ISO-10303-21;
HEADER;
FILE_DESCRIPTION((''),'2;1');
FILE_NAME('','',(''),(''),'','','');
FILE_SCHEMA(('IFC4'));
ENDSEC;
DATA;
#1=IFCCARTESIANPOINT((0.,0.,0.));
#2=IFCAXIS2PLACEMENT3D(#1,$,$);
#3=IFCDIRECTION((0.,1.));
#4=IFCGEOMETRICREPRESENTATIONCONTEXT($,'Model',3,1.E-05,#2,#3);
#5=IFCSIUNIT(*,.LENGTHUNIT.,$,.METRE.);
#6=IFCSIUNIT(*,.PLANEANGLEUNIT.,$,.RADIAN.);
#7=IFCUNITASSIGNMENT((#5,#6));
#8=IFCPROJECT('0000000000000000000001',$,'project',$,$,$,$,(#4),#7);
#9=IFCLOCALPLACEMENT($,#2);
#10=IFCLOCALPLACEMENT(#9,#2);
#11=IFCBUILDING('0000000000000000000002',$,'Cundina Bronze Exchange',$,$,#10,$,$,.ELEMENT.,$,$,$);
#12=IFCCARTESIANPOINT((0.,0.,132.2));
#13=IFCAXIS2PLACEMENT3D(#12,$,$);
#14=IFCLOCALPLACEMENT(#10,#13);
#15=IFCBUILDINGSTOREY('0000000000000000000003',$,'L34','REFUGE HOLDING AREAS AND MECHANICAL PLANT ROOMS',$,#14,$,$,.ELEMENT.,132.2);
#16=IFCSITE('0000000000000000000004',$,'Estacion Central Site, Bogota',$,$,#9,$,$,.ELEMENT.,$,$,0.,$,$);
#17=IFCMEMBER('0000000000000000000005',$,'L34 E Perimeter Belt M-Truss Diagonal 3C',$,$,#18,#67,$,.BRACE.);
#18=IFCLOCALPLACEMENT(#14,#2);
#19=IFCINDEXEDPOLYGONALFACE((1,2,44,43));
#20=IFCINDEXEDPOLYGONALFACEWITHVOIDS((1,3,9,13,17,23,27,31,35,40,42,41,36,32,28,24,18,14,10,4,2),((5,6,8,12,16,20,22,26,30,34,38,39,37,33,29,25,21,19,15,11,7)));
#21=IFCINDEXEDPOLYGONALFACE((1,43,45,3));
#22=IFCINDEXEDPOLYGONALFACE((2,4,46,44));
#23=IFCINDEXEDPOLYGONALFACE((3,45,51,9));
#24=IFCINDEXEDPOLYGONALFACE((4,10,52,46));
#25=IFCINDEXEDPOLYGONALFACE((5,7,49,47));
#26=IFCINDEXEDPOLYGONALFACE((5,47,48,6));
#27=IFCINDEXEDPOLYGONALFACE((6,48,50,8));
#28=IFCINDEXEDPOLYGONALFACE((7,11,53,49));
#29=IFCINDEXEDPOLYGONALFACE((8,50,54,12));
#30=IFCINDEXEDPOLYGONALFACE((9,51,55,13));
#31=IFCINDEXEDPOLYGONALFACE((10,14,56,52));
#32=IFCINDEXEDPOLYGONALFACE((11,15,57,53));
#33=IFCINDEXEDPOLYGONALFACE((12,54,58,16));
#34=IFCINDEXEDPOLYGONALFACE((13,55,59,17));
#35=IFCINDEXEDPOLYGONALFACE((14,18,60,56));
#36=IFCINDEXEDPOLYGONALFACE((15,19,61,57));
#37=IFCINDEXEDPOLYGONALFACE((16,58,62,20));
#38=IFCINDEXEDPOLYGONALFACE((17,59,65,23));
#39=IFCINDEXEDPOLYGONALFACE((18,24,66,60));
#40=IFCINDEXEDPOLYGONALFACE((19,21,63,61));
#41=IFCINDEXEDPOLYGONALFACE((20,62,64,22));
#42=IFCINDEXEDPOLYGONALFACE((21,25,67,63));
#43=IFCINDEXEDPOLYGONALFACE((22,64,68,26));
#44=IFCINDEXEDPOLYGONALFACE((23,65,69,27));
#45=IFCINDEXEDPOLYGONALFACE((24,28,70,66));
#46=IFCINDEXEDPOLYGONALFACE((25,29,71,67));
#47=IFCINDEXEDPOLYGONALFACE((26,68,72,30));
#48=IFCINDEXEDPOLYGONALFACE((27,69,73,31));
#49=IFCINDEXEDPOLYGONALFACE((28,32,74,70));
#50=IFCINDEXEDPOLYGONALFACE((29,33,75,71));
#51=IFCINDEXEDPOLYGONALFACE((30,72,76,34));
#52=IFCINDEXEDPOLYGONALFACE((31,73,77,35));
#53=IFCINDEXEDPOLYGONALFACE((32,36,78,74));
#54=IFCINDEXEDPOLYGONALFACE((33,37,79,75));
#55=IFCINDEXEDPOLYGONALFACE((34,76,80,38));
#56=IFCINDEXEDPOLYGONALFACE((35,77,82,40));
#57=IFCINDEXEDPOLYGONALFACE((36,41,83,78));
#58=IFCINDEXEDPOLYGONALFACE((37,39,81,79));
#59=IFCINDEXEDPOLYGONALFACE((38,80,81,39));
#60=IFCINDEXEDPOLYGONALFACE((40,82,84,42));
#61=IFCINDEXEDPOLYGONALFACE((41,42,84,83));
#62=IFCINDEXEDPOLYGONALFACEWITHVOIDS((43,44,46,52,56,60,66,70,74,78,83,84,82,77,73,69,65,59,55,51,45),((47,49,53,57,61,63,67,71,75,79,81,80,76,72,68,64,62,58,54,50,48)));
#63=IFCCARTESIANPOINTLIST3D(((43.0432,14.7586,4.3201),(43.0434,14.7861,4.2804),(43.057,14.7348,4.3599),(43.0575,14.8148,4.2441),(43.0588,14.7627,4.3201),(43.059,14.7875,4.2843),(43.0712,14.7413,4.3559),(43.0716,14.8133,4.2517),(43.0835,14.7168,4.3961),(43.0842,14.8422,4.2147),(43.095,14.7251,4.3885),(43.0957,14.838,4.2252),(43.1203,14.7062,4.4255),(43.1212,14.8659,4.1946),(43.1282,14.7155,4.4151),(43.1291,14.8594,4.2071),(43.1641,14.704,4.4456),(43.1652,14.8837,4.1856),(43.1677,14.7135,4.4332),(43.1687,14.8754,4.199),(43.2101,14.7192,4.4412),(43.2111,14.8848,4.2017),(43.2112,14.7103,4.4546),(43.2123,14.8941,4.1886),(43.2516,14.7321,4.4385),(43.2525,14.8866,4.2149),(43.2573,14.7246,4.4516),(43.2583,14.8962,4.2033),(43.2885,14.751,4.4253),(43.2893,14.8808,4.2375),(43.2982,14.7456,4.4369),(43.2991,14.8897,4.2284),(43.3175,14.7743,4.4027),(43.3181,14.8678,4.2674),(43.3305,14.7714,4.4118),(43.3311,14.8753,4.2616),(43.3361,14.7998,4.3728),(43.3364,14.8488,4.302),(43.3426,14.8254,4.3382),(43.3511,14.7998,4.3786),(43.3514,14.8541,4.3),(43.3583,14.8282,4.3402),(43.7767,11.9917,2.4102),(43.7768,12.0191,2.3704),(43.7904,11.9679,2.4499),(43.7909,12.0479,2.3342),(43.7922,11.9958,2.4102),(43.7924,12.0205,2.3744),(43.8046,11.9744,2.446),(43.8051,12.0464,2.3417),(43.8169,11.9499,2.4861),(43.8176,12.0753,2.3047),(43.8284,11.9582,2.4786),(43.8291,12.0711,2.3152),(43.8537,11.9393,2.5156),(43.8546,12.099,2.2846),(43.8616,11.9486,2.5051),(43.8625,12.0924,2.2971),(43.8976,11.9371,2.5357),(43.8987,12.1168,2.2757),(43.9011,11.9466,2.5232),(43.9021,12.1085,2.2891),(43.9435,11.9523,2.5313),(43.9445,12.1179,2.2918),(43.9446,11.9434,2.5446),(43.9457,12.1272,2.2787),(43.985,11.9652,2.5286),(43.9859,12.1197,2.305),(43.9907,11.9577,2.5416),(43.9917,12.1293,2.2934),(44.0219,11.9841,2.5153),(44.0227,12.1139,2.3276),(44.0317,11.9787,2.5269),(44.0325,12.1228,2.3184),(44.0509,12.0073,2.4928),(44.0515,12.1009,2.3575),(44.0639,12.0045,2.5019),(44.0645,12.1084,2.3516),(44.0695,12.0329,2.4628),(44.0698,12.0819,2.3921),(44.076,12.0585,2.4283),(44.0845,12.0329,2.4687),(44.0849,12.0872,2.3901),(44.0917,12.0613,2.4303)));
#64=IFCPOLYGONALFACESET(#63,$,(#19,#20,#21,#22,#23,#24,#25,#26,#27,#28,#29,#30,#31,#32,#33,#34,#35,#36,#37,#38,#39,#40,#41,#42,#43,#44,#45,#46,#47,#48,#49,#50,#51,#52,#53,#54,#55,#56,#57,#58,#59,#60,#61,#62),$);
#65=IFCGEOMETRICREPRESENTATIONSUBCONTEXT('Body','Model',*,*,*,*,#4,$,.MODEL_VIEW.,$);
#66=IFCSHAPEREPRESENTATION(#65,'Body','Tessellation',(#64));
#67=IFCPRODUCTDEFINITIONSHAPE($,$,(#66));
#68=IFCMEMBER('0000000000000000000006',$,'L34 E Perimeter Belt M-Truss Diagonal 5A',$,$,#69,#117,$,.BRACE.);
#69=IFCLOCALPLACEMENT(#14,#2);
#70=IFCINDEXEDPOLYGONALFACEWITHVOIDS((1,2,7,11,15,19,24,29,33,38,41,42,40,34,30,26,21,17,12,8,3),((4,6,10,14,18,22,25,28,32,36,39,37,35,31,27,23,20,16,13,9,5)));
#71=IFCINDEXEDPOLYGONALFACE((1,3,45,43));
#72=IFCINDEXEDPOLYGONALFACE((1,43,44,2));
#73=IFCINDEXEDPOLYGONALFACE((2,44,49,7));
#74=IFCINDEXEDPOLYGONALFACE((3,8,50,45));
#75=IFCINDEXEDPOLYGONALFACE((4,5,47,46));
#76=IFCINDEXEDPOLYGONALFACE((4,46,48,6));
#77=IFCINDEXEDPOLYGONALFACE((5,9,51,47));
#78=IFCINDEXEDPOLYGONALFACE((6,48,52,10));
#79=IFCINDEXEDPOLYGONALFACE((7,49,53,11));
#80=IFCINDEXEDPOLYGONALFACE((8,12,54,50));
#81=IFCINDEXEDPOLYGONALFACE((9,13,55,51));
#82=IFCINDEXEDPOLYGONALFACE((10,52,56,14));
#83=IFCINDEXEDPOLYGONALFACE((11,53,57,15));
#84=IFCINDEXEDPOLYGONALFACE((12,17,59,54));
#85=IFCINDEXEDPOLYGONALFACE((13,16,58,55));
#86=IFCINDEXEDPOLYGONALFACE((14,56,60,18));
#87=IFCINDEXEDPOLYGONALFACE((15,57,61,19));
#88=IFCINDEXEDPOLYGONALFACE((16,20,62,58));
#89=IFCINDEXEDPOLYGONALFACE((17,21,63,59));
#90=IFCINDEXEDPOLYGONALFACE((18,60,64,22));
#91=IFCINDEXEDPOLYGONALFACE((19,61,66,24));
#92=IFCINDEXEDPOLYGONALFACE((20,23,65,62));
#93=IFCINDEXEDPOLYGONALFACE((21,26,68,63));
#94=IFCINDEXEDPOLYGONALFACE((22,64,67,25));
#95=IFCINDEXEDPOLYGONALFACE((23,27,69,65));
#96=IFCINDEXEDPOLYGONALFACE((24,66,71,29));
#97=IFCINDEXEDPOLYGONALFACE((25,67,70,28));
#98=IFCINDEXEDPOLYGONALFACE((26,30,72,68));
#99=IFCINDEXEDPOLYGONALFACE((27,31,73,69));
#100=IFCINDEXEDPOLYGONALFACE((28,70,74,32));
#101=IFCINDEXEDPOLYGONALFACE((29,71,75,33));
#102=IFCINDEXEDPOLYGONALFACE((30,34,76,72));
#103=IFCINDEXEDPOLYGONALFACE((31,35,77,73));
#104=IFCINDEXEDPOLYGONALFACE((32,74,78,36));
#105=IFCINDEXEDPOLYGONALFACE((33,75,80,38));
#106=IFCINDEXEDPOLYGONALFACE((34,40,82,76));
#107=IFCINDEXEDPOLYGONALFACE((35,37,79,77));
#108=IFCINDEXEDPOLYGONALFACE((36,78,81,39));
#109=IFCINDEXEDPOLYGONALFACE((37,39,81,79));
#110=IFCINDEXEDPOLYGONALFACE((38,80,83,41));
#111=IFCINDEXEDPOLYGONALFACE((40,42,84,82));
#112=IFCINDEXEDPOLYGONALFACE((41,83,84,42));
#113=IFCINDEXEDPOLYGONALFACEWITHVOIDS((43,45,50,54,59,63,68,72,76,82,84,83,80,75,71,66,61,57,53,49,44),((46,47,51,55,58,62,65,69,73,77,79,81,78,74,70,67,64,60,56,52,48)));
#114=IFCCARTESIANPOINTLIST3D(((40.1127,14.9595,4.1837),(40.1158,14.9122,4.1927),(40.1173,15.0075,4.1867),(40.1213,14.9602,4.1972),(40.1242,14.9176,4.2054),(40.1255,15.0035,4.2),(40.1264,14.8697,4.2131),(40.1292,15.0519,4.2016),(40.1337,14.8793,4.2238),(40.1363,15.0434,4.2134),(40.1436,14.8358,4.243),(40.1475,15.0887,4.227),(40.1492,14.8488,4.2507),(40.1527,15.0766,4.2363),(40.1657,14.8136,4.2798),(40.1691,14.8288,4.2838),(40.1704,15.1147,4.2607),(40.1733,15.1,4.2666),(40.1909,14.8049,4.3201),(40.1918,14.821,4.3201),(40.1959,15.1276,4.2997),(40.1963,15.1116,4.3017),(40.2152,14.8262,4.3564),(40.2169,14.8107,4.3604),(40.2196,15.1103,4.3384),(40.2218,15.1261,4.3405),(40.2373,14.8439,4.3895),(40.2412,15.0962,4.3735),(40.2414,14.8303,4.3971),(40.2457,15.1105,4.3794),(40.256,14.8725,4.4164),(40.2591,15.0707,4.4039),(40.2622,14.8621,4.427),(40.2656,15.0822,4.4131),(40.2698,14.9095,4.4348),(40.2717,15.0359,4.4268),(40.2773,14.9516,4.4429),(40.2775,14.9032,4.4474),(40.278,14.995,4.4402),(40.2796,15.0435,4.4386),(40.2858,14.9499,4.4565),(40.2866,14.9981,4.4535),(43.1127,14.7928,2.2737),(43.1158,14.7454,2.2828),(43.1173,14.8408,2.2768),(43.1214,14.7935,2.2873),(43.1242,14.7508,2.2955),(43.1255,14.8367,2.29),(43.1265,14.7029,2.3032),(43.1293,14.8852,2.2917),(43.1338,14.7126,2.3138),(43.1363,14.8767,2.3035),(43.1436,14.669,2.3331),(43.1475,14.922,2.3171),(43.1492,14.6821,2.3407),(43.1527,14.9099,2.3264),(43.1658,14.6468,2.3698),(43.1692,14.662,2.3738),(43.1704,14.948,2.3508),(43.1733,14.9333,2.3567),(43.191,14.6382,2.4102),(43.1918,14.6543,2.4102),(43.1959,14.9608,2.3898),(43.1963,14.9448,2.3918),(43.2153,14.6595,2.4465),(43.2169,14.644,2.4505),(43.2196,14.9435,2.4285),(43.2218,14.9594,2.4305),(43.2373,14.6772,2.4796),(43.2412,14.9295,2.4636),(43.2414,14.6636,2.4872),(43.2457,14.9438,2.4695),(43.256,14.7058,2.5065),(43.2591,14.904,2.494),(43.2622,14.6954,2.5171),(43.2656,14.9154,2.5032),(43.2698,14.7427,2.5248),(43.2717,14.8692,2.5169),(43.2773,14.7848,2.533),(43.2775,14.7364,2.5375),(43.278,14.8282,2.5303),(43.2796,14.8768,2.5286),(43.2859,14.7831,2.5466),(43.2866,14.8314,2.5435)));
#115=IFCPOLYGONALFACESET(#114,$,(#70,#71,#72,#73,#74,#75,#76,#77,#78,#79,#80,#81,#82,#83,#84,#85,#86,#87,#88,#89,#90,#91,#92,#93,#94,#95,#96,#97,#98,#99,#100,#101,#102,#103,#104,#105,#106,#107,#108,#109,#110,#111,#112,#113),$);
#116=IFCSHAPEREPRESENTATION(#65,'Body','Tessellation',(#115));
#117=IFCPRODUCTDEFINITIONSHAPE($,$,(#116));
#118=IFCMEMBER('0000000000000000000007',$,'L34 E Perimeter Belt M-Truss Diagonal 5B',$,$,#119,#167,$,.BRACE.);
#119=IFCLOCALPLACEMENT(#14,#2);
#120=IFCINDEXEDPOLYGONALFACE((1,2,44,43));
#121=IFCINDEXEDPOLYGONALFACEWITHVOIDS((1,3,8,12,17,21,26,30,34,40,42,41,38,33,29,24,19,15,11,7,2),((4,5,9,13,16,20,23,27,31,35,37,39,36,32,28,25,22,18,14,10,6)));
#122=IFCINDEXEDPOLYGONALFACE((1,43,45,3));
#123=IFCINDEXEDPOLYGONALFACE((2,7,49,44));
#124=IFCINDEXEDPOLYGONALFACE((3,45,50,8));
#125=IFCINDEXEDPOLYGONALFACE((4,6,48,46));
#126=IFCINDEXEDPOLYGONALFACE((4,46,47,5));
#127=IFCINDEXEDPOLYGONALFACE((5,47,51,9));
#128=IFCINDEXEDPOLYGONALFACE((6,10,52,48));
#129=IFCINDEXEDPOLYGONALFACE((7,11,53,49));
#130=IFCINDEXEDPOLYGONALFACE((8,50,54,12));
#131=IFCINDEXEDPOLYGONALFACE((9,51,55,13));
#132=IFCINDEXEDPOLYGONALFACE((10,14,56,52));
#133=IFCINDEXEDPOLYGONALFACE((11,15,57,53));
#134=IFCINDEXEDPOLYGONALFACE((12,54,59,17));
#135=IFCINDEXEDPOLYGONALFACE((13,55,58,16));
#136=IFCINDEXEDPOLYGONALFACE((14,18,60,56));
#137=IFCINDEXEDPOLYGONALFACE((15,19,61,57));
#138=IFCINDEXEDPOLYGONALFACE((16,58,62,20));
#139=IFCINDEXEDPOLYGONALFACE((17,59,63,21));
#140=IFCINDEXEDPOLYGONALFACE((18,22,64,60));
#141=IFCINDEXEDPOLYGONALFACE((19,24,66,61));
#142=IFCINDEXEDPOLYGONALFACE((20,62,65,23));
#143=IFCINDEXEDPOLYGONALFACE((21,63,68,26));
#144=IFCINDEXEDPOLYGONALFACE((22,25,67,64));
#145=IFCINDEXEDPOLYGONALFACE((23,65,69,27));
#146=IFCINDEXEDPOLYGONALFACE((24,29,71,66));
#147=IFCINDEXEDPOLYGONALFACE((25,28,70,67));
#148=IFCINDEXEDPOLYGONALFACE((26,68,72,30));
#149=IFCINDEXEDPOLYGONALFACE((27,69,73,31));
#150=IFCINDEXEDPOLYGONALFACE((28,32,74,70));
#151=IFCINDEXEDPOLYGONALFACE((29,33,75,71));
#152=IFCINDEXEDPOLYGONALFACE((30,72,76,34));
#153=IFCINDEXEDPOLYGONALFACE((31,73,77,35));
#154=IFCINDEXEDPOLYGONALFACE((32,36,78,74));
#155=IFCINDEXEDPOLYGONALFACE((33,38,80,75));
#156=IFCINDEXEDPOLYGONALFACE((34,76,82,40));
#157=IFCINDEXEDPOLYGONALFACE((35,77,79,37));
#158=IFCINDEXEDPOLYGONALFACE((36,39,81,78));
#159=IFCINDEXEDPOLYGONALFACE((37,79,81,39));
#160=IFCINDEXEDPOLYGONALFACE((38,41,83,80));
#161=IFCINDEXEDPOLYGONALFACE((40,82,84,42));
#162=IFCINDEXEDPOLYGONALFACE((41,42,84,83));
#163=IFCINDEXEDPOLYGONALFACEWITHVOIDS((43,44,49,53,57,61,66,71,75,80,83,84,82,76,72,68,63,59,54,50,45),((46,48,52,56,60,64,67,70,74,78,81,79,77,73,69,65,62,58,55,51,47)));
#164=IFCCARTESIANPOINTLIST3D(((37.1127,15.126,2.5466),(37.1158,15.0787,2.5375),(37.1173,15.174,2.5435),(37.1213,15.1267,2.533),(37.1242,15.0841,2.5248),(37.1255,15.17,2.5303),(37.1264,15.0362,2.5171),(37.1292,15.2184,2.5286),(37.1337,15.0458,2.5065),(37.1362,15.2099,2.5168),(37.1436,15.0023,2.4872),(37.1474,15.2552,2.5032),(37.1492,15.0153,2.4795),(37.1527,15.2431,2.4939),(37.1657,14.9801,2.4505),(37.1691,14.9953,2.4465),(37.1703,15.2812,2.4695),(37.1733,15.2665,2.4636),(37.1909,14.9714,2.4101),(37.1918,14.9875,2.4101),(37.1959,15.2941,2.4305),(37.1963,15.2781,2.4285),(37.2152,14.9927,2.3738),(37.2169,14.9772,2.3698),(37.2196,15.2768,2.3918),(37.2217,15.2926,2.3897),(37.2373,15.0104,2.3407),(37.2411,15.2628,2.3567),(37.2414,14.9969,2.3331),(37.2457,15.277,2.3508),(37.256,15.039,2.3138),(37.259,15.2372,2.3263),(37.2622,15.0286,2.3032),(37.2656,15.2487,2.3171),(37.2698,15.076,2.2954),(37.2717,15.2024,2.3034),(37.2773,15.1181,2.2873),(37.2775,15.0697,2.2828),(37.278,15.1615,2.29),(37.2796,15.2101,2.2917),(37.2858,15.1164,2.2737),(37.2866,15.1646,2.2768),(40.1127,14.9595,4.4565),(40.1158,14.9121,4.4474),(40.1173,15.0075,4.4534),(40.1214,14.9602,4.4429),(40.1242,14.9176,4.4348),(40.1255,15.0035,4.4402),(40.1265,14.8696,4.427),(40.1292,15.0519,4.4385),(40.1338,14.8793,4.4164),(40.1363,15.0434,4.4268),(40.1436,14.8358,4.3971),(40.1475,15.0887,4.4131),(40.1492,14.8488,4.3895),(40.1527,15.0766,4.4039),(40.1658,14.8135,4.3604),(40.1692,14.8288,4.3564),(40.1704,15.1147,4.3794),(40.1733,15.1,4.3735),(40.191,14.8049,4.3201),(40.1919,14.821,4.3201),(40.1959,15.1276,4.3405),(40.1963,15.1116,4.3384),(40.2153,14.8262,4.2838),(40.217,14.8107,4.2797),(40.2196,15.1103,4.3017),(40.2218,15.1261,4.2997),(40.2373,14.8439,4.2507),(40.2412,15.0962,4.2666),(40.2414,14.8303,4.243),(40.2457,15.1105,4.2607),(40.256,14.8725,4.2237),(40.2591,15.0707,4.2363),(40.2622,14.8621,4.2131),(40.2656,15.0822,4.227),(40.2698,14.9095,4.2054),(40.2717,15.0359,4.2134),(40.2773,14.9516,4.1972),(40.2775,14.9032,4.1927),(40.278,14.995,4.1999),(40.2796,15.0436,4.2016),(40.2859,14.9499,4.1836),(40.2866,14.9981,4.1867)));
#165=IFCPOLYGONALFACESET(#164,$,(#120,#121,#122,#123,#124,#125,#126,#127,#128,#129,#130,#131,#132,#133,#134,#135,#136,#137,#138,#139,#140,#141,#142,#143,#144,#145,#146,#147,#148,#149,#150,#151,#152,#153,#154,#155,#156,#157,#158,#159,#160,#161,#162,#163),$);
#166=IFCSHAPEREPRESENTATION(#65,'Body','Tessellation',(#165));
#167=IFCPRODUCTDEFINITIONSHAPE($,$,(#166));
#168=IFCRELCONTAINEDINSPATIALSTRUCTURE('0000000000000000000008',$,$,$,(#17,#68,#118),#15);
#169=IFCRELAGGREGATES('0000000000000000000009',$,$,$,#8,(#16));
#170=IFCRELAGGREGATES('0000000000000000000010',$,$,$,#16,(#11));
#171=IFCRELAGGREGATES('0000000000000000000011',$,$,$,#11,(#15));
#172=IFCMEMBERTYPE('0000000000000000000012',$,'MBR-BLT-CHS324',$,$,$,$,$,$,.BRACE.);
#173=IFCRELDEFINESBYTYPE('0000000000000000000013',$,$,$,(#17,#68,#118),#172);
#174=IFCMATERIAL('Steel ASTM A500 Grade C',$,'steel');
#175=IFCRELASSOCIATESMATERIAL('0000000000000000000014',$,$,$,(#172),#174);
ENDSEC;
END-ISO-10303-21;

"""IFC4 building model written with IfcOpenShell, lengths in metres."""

from ifc_helpers import new_model, si_unit, direction, frame, origin, origin_2d, place, context, subcontext, project, spatial, hollow_circle, extrude, material, material_profile, profile_set, type_object, element, save


model = new_model("IFC4")

# Units and contexts
model_context = context("Model", 3, precision=1e-05, world=origin(), true_north=direction((0.0, 1.0)))
body_context = subcontext(model_context, "Body", "Model", "MODEL_VIEW")
ifc_project = project(units=[si_unit("LENGTHUNIT", "METRE"), si_unit("PLANEANGLEUNIT", "RADIAN")], contexts=[model_context])

# Site, building, storey
site_placement = place(None, origin())
site = spatial("IfcSite", under=ifc_project, at=site_placement, Name="Estacion Central Site, Bogota", CompositionType="ELEMENT", RefElevation=0.0)
building_placement = place(site_placement, origin())
building = spatial("IfcBuilding", under=site, at=building_placement, Name="Cundina Bronze Exchange", CompositionType="ELEMENT")
storey_placement = place(building_placement, frame((0.0, 0.0, 132.2)))
storey = spatial("IfcBuildingStorey", under=building, at=storey_placement, Name="L34", Description="REFUGE HOLDING AREAS AND MECHANICAL PLANT ROOMS", CompositionType="ELEMENT", Elevation=132.2)

# Members
ifc_material_1 = material(Name="Steel ASTM A500 Grade C", Category="steel")
ifc_material_profile_1 = material_profile(ifc_material_1, hollow_circle(Radius=0.1621, WallThickness=0.0161, at=origin_2d()), Name="CHS324X16", Category="steel")
ifc_profile_set_1 = profile_set([ifc_material_profile_1], Name="Steel ASTM A500 Grade C")
member_type_1 = type_object("IfcMemberType", Name="MBR-BLT-CHS324", PredefinedType="BRACE", material=ifc_profile_set_1)
member_1_placement = place(storey_placement, frame((43.9333, 12.0332, 2.4102), z_axis=(-0.21313, 0.804062, 0.555032), x_axis=(-0.966619, -0.256218, 0.0)))
element("IfcMember", 1, at=member_1_placement, inside=storey, type_object=member_type_1, Name="L34 E Perimeter Belt M-Truss Diagonal 3C", PredefinedType="BRACE", context=body_context, shape_type="SweptSolid", body=[
    extrude(hollow_circle(Radius=0.1621, WallThickness=0.0161, at=origin_2d()), origin(), (0.0, 0.0, 1.0), 3.4412),
])
for number, where, z_axis, x_axis, name in (
    (2, (43.2, 14.8, 2.4102), (-0.842631, 0.046836, 0.53645), (-0.055497, -0.998459, 0.0), "L34 E Perimeter Belt M-Truss Diagonal 5A"),
    (3, (40.2, 14.9668, 4.3201), (-0.842634, 0.046767, -0.536452), (-0.055416, -0.998463, 0.0), "L34 E Perimeter Belt M-Truss Diagonal 5B"),
):
    element("IfcMember", number, at=place(storey_placement, frame(where, z_axis=z_axis, x_axis=x_axis)), inside=storey, type_object=member_type_1, Name=name, PredefinedType="BRACE", context=body_context, shape_type="SweptSolid", body=[
        extrude(hollow_circle(Radius=0.1621, WallThickness=0.0161, at=origin_2d()), origin(), (0.0, 0.0, 1.0), 3.5603),
    ])

save(model, "model.ifc")
